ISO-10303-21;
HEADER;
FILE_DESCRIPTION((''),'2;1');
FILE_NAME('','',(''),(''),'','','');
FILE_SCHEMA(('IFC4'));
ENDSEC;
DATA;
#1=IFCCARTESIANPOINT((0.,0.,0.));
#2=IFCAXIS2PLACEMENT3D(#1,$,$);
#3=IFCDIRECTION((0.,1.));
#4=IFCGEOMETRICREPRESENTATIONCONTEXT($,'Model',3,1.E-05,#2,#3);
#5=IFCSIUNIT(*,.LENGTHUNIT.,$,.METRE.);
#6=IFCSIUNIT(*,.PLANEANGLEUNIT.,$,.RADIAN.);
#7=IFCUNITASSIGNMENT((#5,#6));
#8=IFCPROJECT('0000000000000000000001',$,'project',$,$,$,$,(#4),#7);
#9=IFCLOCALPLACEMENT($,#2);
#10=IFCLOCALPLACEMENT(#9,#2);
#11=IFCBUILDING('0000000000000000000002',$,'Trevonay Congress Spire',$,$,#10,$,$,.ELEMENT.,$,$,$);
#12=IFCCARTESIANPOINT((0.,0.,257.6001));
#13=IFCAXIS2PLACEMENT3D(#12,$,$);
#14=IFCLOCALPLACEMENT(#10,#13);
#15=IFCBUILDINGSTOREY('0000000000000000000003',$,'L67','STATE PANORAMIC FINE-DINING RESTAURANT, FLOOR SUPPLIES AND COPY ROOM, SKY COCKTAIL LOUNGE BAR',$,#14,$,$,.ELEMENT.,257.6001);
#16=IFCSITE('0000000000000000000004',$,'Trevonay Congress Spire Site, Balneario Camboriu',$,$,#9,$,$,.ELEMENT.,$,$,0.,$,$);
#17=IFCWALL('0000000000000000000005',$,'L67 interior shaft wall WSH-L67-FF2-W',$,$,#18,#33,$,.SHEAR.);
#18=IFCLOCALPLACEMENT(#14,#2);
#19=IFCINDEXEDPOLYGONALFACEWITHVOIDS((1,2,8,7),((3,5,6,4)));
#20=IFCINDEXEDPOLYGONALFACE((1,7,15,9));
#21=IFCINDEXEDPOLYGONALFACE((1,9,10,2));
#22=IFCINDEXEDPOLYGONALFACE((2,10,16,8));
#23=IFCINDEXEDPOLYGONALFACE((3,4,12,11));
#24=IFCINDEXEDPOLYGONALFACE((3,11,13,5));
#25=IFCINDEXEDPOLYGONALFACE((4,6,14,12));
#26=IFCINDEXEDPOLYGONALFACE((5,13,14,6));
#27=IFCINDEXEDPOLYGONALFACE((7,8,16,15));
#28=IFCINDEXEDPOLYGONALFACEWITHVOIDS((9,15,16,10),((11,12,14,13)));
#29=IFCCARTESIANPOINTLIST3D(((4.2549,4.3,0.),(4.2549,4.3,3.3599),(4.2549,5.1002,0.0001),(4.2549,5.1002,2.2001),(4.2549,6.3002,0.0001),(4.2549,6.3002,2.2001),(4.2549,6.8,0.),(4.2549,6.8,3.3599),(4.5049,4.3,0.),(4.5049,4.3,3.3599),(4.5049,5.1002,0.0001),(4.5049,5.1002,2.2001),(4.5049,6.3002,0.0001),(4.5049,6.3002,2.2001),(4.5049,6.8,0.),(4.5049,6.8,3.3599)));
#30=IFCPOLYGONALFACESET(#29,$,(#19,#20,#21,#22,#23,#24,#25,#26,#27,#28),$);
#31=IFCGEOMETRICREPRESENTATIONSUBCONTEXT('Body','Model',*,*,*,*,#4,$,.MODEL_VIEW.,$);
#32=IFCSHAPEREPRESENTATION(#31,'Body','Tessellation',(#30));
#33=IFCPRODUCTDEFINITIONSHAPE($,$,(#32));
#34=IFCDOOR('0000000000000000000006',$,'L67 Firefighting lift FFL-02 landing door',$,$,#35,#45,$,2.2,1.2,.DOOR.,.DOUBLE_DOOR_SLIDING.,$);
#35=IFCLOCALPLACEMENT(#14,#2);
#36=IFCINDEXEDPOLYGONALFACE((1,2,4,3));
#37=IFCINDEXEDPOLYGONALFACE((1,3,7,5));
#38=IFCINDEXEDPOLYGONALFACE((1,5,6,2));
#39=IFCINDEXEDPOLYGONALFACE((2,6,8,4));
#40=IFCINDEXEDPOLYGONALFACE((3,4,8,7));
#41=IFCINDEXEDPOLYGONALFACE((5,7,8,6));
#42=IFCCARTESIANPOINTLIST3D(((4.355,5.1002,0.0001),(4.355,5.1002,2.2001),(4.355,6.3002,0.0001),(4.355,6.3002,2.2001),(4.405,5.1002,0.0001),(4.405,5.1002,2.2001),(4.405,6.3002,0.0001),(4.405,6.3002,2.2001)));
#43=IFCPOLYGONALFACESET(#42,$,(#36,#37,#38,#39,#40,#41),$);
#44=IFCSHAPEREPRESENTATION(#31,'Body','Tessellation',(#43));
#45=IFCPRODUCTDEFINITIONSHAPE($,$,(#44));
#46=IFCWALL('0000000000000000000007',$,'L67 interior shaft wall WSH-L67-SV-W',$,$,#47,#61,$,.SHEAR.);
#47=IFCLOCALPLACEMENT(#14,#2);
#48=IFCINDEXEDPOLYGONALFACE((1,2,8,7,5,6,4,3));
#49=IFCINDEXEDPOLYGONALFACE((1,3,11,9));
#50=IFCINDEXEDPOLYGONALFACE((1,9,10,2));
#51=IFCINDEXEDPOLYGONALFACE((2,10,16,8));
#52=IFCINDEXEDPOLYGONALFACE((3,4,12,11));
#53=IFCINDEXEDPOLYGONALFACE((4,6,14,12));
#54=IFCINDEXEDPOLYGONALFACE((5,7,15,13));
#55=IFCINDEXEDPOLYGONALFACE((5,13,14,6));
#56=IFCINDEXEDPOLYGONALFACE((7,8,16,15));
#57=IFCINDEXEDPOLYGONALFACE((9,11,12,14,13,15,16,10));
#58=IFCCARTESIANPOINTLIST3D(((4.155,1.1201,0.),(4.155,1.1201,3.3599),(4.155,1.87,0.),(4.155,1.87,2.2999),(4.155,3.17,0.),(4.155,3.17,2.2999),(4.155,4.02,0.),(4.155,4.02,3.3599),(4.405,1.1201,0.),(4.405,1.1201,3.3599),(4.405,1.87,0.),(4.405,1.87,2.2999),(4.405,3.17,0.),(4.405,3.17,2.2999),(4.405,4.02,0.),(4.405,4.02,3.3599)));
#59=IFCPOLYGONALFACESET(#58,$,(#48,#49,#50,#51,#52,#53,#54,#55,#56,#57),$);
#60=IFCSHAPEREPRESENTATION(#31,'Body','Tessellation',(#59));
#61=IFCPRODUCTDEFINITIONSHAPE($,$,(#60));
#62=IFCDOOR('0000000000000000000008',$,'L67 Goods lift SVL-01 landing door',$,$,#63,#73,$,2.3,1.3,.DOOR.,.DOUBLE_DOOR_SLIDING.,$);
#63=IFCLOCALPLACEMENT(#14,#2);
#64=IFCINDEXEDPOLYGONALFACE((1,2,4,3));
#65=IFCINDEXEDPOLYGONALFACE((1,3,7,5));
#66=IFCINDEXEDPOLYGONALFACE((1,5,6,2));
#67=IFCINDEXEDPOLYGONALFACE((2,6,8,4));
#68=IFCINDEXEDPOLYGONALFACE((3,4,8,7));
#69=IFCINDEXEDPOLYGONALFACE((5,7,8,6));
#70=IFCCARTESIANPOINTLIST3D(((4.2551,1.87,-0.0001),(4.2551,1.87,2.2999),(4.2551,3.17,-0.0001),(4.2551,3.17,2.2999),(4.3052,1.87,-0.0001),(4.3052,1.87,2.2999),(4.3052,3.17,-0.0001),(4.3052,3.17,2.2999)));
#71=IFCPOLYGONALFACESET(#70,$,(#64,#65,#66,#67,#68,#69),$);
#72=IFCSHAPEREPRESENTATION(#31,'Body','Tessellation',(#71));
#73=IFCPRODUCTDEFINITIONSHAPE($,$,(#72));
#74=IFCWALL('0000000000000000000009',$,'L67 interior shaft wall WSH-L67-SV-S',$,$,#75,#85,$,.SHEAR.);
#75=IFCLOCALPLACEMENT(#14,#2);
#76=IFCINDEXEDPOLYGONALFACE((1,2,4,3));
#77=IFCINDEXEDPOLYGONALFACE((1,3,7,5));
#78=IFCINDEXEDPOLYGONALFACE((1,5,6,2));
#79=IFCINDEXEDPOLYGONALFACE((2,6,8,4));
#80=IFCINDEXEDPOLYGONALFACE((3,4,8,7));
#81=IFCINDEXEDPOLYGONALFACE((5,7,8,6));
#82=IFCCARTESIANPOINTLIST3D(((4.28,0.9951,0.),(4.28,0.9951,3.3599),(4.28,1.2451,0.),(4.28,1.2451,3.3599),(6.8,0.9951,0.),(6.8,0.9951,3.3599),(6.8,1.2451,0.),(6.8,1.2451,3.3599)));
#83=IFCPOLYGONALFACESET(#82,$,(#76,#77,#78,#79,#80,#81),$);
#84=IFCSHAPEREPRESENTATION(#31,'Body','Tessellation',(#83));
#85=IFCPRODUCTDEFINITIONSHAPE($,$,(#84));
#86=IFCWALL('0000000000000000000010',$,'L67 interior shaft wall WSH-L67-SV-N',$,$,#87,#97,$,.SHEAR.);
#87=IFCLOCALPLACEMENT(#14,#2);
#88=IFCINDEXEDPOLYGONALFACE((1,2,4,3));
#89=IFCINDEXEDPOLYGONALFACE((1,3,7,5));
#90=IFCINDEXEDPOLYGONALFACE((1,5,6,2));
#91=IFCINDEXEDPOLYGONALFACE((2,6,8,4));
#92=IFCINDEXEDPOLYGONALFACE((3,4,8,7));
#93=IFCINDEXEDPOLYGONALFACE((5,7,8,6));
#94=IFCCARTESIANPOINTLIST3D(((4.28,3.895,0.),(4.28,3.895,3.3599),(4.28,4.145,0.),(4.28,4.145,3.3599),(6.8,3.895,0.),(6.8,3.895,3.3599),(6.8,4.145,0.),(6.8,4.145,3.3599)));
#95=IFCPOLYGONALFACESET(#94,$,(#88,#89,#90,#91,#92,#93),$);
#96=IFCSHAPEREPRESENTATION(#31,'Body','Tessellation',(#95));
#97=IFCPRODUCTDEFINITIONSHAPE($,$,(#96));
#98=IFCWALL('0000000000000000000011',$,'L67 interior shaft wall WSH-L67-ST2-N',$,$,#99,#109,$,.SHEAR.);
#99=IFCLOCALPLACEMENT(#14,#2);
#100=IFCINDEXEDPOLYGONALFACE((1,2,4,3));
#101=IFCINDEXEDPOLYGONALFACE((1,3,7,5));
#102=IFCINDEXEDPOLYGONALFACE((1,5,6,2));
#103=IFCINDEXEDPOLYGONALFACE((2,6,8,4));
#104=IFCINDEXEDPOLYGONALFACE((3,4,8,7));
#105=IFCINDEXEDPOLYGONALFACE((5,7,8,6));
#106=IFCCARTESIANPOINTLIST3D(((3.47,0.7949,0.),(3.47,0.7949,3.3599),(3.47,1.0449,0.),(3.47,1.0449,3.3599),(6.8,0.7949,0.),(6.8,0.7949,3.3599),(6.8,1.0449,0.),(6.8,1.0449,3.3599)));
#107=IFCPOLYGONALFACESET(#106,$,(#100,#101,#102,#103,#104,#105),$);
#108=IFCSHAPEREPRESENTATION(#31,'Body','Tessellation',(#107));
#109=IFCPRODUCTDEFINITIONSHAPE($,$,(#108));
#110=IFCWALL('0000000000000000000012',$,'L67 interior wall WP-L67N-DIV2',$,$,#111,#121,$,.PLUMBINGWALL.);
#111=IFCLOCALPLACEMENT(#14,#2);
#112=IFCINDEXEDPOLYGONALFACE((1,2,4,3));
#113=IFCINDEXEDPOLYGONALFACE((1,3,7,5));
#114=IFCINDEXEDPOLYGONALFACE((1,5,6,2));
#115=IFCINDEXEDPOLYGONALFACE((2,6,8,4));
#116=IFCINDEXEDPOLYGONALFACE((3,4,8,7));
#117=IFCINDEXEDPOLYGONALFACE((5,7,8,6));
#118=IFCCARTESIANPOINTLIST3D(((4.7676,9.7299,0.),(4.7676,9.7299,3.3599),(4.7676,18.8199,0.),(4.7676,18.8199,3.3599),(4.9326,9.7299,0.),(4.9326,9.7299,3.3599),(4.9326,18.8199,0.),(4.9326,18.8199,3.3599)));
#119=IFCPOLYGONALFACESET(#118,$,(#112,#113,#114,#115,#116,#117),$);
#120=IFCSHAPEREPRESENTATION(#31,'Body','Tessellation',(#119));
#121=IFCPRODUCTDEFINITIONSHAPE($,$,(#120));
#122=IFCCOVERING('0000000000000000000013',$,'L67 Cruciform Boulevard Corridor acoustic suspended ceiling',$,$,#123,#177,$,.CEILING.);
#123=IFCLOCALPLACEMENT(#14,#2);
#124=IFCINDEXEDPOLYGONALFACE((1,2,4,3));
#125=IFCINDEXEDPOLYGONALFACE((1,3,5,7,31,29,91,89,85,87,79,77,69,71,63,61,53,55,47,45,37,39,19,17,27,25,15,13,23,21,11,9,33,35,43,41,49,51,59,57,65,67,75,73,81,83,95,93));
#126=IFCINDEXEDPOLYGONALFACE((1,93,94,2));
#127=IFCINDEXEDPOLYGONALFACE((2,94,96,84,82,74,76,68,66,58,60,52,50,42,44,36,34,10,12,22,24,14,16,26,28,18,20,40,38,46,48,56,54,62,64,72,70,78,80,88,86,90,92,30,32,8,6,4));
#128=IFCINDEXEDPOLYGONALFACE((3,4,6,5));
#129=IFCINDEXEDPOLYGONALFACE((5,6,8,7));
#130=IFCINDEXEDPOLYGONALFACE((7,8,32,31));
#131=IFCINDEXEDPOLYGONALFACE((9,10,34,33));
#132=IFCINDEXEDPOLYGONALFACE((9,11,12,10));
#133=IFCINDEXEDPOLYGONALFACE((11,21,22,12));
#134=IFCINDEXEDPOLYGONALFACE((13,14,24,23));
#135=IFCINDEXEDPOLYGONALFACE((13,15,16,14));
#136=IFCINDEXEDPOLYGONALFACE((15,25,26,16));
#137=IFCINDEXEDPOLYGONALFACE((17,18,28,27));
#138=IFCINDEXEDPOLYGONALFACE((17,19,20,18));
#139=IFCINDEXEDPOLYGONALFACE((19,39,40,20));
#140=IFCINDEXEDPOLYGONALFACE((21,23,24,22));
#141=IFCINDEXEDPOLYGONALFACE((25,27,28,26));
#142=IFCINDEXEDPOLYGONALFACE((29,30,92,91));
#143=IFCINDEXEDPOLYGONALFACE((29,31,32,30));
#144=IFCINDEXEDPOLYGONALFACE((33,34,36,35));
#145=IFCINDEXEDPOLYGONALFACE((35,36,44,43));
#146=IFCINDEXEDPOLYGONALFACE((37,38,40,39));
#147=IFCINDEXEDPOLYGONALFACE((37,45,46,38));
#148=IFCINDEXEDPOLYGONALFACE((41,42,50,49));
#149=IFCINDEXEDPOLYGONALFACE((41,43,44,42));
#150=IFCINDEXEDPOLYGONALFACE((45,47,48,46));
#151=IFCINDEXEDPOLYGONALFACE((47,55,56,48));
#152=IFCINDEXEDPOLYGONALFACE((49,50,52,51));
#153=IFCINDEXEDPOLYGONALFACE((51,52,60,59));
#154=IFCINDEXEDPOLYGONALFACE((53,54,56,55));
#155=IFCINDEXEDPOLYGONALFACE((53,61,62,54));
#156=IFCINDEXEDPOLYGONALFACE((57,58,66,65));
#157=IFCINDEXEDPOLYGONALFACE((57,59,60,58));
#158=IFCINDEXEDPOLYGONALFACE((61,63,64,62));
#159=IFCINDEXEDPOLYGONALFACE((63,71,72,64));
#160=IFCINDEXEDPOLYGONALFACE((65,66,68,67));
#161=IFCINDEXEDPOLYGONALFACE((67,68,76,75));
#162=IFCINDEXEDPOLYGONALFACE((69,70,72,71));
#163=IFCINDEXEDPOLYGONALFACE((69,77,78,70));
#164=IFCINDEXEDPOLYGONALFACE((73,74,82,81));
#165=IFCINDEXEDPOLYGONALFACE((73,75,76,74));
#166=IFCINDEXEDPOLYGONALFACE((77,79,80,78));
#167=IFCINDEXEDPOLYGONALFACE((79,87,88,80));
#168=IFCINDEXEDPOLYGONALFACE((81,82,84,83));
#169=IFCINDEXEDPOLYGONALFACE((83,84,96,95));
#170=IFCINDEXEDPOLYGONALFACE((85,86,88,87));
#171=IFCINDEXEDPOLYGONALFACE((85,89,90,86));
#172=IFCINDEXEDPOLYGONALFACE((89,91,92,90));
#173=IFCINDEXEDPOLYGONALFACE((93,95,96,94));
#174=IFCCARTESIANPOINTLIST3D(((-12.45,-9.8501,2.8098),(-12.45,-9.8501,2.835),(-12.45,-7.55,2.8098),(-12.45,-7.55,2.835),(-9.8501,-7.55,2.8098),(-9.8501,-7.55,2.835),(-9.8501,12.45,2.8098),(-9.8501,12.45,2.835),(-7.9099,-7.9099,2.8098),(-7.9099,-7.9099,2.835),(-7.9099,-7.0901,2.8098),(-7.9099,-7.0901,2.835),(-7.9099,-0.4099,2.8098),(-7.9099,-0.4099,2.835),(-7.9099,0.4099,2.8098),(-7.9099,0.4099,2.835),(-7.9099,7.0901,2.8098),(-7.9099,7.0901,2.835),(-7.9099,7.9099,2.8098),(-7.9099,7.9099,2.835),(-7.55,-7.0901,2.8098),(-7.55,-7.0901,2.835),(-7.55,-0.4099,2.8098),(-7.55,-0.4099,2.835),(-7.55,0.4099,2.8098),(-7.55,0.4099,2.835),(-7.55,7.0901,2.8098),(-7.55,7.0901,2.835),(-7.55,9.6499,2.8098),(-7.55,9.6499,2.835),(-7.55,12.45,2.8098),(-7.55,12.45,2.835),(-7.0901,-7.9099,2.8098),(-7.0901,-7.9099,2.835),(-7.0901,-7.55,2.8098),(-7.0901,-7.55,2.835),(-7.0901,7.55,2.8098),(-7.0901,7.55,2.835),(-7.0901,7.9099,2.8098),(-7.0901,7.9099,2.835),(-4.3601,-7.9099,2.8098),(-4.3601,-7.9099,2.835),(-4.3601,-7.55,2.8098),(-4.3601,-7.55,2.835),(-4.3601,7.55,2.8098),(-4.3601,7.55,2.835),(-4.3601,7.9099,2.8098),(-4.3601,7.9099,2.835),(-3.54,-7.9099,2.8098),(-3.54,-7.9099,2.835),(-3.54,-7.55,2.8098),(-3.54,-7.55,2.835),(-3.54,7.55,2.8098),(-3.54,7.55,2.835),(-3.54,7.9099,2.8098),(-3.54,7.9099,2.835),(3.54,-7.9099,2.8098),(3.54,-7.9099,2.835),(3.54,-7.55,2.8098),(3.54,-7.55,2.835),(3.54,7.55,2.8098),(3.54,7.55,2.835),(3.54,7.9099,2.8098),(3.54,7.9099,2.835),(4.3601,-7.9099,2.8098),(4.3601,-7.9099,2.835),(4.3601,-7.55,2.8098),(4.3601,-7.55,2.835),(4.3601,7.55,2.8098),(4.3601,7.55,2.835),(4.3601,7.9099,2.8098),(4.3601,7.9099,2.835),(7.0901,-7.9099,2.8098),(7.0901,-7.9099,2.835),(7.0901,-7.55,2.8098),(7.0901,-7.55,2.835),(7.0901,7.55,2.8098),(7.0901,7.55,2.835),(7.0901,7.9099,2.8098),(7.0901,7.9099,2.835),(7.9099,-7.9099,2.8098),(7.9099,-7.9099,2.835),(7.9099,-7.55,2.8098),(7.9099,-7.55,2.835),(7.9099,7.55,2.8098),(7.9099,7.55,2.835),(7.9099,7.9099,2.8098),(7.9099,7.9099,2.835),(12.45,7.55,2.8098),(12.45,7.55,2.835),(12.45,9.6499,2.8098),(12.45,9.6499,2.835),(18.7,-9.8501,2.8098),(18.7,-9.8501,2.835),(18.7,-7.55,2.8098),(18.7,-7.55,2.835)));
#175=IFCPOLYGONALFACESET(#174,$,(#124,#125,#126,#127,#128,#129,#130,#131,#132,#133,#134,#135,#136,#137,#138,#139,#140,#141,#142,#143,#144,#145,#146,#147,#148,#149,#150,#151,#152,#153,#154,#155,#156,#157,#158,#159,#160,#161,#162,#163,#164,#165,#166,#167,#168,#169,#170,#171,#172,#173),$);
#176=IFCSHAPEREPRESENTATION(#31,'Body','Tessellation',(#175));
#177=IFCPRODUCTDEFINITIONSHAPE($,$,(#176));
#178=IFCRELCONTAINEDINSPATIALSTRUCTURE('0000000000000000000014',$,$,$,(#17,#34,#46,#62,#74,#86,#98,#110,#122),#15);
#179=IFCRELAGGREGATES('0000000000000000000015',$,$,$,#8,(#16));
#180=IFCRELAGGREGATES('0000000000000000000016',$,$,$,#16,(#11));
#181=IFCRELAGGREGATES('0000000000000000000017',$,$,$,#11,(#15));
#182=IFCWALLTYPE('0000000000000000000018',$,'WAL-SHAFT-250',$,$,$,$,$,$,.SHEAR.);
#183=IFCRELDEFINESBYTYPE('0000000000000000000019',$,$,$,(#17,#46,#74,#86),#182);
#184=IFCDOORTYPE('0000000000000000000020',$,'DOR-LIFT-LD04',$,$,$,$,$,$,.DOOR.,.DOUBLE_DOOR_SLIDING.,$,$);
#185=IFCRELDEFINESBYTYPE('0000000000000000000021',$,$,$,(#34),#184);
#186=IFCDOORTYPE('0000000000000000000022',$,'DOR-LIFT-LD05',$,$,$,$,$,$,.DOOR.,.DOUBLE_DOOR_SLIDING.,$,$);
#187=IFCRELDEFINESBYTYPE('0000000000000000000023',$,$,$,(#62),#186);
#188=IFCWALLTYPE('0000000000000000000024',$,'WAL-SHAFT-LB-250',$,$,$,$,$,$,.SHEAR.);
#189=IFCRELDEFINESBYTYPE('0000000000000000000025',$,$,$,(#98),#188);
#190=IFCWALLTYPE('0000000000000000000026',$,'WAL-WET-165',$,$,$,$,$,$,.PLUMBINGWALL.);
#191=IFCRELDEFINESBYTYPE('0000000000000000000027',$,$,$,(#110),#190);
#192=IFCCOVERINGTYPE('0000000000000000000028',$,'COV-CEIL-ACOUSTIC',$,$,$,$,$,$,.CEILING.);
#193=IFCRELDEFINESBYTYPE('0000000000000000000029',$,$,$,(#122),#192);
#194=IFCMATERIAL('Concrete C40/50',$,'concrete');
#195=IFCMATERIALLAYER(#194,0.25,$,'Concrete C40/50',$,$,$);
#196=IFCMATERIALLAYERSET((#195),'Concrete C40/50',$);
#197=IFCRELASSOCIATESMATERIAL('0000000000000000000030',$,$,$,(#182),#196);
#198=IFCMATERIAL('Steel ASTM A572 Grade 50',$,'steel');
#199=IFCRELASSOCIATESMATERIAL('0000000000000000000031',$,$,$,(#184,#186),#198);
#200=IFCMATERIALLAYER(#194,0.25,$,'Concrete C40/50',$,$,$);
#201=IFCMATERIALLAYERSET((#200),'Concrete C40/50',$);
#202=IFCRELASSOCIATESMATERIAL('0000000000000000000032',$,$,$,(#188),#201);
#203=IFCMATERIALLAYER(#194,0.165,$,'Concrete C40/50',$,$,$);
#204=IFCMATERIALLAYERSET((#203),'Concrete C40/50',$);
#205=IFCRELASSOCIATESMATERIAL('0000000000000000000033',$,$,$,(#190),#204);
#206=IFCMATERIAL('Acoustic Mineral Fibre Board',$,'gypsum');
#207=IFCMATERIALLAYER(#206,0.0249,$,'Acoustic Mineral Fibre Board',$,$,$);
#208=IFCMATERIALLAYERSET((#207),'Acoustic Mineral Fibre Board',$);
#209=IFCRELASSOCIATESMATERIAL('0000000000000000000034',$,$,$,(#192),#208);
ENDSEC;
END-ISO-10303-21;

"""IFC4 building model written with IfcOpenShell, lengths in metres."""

from ifc_helpers import new_model, si_unit, direction, frame, frame_2d, origin, place, context, subcontext, project, spatial, polyline, rectangle, outline, extrude, material, layer, layer_set, type_object, element, fill, save


model = new_model("IFC4")

# Units and contexts
model_context = context("Model", 3, precision=1e-05, world=origin(), true_north=direction((0.0, 1.0)))
body_context = subcontext(model_context, "Body", "Model", "MODEL_VIEW")
ifc_project = project(units=[si_unit("LENGTHUNIT", "METRE"), si_unit("PLANEANGLEUNIT", "RADIAN")], contexts=[model_context])

# Site, building, storey
site_placement = place(None, origin())
site = spatial("IfcSite", under=ifc_project, at=site_placement, Name="Trevonay Congress Spire Site, Balneario Camboriu", CompositionType="ELEMENT", RefElevation=0.0)
building_placement = place(site_placement, origin())
building = spatial("IfcBuilding", under=site, at=building_placement, Name="Trevonay Congress Spire", CompositionType="ELEMENT")
storey_placement = place(building_placement, frame((0.0, 0.0, 257.6001)))
storey = spatial("IfcBuildingStorey", under=building, at=storey_placement, Name="L67", Description="STATE PANORAMIC FINE-DINING RESTAURANT, FLOOR SUPPLIES AND COPY ROOM, SKY COCKTAIL LOUNGE BAR", CompositionType="ELEMENT", Elevation=257.6001)

# Shared definitions
ifc_material_1 = material(Name="Steel ASTM A572 Grade 50", Category="steel")

# Shared definitions
ifc_material_2 = material(Name="Concrete C40/50", Category="concrete")
ifc_layer_1 = layer(ifc_material_2, 0.25, Name="Concrete C40/50")
ifc_layer_set_1 = layer_set([ifc_layer_1], Name="Concrete C40/50")
wall_type_1 = type_object("IfcWallType", Name="WAL-SHAFT-250", PredefinedType="SHEAR", material=ifc_layer_set_1)

# Walls, openings, doors
wall_1_placement = place(storey_placement, frame((4.3799, 4.3, 0.0), z_axis=(0.0, 0.0, 1.0), x_axis=(0.0, 1.0, 0.0)))
wall_1 = element("IfcWall", 1, at=wall_1_placement, inside=storey, type_object=wall_type_1, Name="L67 interior shaft wall WSH-L67-FF2-W", PredefinedType="SHEAR", context=body_context, shape_type="SweptSolid", body=[
    extrude(rectangle(XDim=2.5, YDim=0.25, at=frame_2d((1.25, 0.0))), origin(), (0.0, 0.0, 1.0), 3.3599),
])
opening_1_placement = place(wall_1_placement, frame((0.8, 0.0, 0.0)))
opening_1 = element("IfcOpeningElement", 2, at=opening_1_placement, cuts=wall_1, PredefinedType="OPENING", context=body_context, shape_type="SweptSolid", body=[
    extrude(rectangle(XDim=1.2, YDim=2.2, at=frame_2d((0.6001, 1.1001))), frame((0.0, 0.135, 0.0), z_axis=(0.0, -1.0, 0.0), x_axis=(1.0, 0.0, 0.0)), (0.0, 0.0, 1.0), 0.27),
])
door_type_1 = type_object("IfcDoorType", Name="DOR-LIFT-LD04", OperationType="DOUBLE_DOOR_SLIDING", PredefinedType="DOOR", material=ifc_material_1)
door_1_placement = place(opening_1_placement, origin())
door_1 = element("IfcDoor", 3, at=door_1_placement, inside=storey, type_object=door_type_1, Name="L67 Firefighting lift FFL-02 landing door", OperationType="DOUBLE_DOOR_SLIDING", OverallHeight=2.2, OverallWidth=1.2, PredefinedType="DOOR", context=body_context, shape_type="SweptSolid", body=[
    extrude(rectangle(XDim=1.2, YDim=2.2, at=frame_2d((0.6001, 1.1001))), frame((0.0, 0.0249, 0.0), z_axis=(0.0, -1.0, 0.0), x_axis=(1.0, 0.0, 0.0)), (0.0, 0.0, 1.0), 0.05),
])
fill(opening_1, door_1)
wall_2_placement = place(storey_placement, frame((4.28, 1.1201, 0.0), z_axis=(0.0, 0.0, 1.0), x_axis=(0.0, 1.0, 0.0)))
wall_2 = element("IfcWall", 4, at=wall_2_placement, inside=storey, type_object=wall_type_1, Name="L67 interior shaft wall WSH-L67-SV-W", PredefinedType="SHEAR", context=body_context, shape_type="SweptSolid", body=[
    extrude(rectangle(XDim=2.8999, YDim=0.25, at=frame_2d((1.45, 0.0))), origin(), (0.0, 0.0, 1.0), 3.3599),
])
opening_2_placement = place(wall_2_placement, frame((0.75, 0.0, 0.0)))
opening_2 = element("IfcOpeningElement", 5, at=opening_2_placement, cuts=wall_2, PredefinedType="OPENING", context=body_context, shape_type="SweptSolid", body=[
    extrude(rectangle(XDim=1.3, YDim=2.3, at=frame_2d((0.6499, 1.1499))), frame((0.0, 0.135, 0.0), z_axis=(0.0, -1.0, 0.0), x_axis=(1.0, 0.0, 0.0)), (0.0, 0.0, 1.0), 0.27),
])
door_type_2 = type_object("IfcDoorType", Name="DOR-LIFT-LD05", OperationType="DOUBLE_DOOR_SLIDING", PredefinedType="DOOR", material=ifc_material_1)
door_2_placement = place(opening_2_placement, origin())
door_2 = element("IfcDoor", 6, at=door_2_placement, inside=storey, type_object=door_type_2, Name="L67 Goods lift SVL-01 landing door", OperationType="DOUBLE_DOOR_SLIDING", OverallHeight=2.3, OverallWidth=1.3, PredefinedType="DOOR", context=body_context, shape_type="SweptSolid", body=[
    extrude(rectangle(XDim=1.3, YDim=2.3, at=frame_2d((0.6499, 1.1499))), frame((0.0, 0.0249, 0.0), z_axis=(0.0, -1.0, 0.0), x_axis=(1.0, 0.0, 0.0)), (0.0, 0.0, 1.0), 0.05),
])
fill(opening_2, door_2)

# Walls
for number, where, z_axis, x_axis, name in (
    (7, (4.28, 1.1201, 0.0), (0.0, 0.0, 1.0), (1.0, 0.0, 0.0), "L67 interior shaft wall WSH-L67-SV-S"),
    (8, (4.28, 4.02, 0.0), (0.0, 0.0, 1.0), (1.0, 0.0, 0.0), "L67 interior shaft wall WSH-L67-SV-N"),
):
    element("IfcWall", number, at=place(storey_placement, frame(where, z_axis=z_axis, x_axis=x_axis)), inside=storey, type_object=wall_type_1, Name=name, PredefinedType="SHEAR", context=body_context, shape_type="SweptSolid", body=[
        extrude(rectangle(XDim=2.52, YDim=0.25, at=frame_2d((1.26, 0.0))), origin(), (0.0, 0.0, 1.0), 3.3599),
    ])
ifc_layer_2 = layer(ifc_material_2, 0.25, Name="Concrete C40/50")
ifc_layer_set_2 = layer_set([ifc_layer_2], Name="Concrete C40/50")
wall_type_2 = type_object("IfcWallType", Name="WAL-SHAFT-LB-250", PredefinedType="SHEAR", material=ifc_layer_set_2)
wall_3_placement = place(storey_placement, frame((3.47, 0.9199, 0.0), z_axis=(0.0, 0.0, 1.0), x_axis=(1.0, 0.0, 0.0)))
element("IfcWall", 9, at=wall_3_placement, inside=storey, type_object=wall_type_2, Name="L67 interior shaft wall WSH-L67-ST2-N", PredefinedType="SHEAR", context=body_context, shape_type="SweptSolid", body=[
    extrude(rectangle(XDim=3.3301, YDim=0.25, at=frame_2d((1.665, 0.0))), origin(), (0.0, 0.0, 1.0), 3.3599),
])
ifc_layer_3 = layer(ifc_material_2, 0.165, Name="Concrete C40/50")
ifc_layer_set_3 = layer_set([ifc_layer_3], Name="Concrete C40/50")
wall_type_3 = type_object("IfcWallType", Name="WAL-WET-165", PredefinedType="PLUMBINGWALL", material=ifc_layer_set_3)
wall_4_placement = place(storey_placement, frame((4.8501, 9.73, 0.0), z_axis=(0.0, 0.0, 1.0), x_axis=(0.0, 1.0, 0.0)))
element("IfcWall", 10, at=wall_4_placement, inside=storey, type_object=wall_type_3, Name="L67 interior wall WP-L67N-DIV2", PredefinedType="PLUMBINGWALL", context=body_context, shape_type="SweptSolid", body=[
    extrude(rectangle(XDim=9.0901, YDim=0.165, at=frame_2d((4.5449, 0.0))), origin(), (0.0, 0.0, 1.0), 3.3599),
])

# Covering
ifc_material_3 = material(Name="Acoustic Mineral Fibre Board", Category="gypsum")
ifc_layer_4 = layer(ifc_material_3, 0.0249, Name="Acoustic Mineral Fibre Board")
ifc_layer_set_4 = layer_set([ifc_layer_4], Name="Acoustic Mineral Fibre Board")
covering_type_1 = type_object("IfcCoveringType", Name="COV-CEIL-ACOUSTIC", PredefinedType="CEILING", material=ifc_layer_set_4)
covering_1_placement = place(storey_placement, frame((0.0, 0.0, 2.8098)))
element("IfcCovering", 11, at=covering_1_placement, inside=storey, type_object=covering_type_1, Name="L67 Cruciform Boulevard Corridor acoustic suspended ceiling", PredefinedType="CEILING", context=body_context, shape_type="SweptSolid", body=[
    extrude(outline(polyline([(18.7, -7.55), (18.7, -9.8501), (-12.45, -9.8501), (-12.45, -7.55), (-9.8501, -7.55), (-9.8501, 12.45), (-7.55, 12.45), (-7.55, 9.6499), (12.45, 9.6499), (12.45, 7.55), (7.9099, 7.55), (7.9099, 7.9099), (7.0901, 7.9099), (7.0901, 7.55), (4.3601, 7.55), (4.3601, 7.9099), (3.54, 7.9099), (3.54, 7.55), (-3.54, 7.55), (-3.54, 7.9099), (-4.3601, 7.9099), (-4.3601, 7.55), (-7.0901, 7.55), (-7.0901, 7.9099), (-7.9099, 7.9099), (-7.9099, 7.0901), (-7.55, 7.0901), (-7.55, 0.4099), (-7.9099, 0.4099), (-7.9099, -0.4099), (-7.55, -0.4099), (-7.55, -7.0901), (-7.9099, -7.0901), (-7.9099, -7.9099), (-7.0901, -7.9099), (-7.0901, -7.55), (-4.3601, -7.55), (-4.3601, -7.9099), (-3.54, -7.9099), (-3.54, -7.55), (3.54, -7.55), (3.54, -7.9099), (4.3601, -7.9099), (4.3601, -7.55), (7.0901, -7.55), (7.0901, -7.9099), (7.9099, -7.9099), (7.9099, -7.55), (18.7, -7.55)])), origin(), (0.0, 0.0, 1.0), 0.0251),
])

save(model, "model.ifc")
